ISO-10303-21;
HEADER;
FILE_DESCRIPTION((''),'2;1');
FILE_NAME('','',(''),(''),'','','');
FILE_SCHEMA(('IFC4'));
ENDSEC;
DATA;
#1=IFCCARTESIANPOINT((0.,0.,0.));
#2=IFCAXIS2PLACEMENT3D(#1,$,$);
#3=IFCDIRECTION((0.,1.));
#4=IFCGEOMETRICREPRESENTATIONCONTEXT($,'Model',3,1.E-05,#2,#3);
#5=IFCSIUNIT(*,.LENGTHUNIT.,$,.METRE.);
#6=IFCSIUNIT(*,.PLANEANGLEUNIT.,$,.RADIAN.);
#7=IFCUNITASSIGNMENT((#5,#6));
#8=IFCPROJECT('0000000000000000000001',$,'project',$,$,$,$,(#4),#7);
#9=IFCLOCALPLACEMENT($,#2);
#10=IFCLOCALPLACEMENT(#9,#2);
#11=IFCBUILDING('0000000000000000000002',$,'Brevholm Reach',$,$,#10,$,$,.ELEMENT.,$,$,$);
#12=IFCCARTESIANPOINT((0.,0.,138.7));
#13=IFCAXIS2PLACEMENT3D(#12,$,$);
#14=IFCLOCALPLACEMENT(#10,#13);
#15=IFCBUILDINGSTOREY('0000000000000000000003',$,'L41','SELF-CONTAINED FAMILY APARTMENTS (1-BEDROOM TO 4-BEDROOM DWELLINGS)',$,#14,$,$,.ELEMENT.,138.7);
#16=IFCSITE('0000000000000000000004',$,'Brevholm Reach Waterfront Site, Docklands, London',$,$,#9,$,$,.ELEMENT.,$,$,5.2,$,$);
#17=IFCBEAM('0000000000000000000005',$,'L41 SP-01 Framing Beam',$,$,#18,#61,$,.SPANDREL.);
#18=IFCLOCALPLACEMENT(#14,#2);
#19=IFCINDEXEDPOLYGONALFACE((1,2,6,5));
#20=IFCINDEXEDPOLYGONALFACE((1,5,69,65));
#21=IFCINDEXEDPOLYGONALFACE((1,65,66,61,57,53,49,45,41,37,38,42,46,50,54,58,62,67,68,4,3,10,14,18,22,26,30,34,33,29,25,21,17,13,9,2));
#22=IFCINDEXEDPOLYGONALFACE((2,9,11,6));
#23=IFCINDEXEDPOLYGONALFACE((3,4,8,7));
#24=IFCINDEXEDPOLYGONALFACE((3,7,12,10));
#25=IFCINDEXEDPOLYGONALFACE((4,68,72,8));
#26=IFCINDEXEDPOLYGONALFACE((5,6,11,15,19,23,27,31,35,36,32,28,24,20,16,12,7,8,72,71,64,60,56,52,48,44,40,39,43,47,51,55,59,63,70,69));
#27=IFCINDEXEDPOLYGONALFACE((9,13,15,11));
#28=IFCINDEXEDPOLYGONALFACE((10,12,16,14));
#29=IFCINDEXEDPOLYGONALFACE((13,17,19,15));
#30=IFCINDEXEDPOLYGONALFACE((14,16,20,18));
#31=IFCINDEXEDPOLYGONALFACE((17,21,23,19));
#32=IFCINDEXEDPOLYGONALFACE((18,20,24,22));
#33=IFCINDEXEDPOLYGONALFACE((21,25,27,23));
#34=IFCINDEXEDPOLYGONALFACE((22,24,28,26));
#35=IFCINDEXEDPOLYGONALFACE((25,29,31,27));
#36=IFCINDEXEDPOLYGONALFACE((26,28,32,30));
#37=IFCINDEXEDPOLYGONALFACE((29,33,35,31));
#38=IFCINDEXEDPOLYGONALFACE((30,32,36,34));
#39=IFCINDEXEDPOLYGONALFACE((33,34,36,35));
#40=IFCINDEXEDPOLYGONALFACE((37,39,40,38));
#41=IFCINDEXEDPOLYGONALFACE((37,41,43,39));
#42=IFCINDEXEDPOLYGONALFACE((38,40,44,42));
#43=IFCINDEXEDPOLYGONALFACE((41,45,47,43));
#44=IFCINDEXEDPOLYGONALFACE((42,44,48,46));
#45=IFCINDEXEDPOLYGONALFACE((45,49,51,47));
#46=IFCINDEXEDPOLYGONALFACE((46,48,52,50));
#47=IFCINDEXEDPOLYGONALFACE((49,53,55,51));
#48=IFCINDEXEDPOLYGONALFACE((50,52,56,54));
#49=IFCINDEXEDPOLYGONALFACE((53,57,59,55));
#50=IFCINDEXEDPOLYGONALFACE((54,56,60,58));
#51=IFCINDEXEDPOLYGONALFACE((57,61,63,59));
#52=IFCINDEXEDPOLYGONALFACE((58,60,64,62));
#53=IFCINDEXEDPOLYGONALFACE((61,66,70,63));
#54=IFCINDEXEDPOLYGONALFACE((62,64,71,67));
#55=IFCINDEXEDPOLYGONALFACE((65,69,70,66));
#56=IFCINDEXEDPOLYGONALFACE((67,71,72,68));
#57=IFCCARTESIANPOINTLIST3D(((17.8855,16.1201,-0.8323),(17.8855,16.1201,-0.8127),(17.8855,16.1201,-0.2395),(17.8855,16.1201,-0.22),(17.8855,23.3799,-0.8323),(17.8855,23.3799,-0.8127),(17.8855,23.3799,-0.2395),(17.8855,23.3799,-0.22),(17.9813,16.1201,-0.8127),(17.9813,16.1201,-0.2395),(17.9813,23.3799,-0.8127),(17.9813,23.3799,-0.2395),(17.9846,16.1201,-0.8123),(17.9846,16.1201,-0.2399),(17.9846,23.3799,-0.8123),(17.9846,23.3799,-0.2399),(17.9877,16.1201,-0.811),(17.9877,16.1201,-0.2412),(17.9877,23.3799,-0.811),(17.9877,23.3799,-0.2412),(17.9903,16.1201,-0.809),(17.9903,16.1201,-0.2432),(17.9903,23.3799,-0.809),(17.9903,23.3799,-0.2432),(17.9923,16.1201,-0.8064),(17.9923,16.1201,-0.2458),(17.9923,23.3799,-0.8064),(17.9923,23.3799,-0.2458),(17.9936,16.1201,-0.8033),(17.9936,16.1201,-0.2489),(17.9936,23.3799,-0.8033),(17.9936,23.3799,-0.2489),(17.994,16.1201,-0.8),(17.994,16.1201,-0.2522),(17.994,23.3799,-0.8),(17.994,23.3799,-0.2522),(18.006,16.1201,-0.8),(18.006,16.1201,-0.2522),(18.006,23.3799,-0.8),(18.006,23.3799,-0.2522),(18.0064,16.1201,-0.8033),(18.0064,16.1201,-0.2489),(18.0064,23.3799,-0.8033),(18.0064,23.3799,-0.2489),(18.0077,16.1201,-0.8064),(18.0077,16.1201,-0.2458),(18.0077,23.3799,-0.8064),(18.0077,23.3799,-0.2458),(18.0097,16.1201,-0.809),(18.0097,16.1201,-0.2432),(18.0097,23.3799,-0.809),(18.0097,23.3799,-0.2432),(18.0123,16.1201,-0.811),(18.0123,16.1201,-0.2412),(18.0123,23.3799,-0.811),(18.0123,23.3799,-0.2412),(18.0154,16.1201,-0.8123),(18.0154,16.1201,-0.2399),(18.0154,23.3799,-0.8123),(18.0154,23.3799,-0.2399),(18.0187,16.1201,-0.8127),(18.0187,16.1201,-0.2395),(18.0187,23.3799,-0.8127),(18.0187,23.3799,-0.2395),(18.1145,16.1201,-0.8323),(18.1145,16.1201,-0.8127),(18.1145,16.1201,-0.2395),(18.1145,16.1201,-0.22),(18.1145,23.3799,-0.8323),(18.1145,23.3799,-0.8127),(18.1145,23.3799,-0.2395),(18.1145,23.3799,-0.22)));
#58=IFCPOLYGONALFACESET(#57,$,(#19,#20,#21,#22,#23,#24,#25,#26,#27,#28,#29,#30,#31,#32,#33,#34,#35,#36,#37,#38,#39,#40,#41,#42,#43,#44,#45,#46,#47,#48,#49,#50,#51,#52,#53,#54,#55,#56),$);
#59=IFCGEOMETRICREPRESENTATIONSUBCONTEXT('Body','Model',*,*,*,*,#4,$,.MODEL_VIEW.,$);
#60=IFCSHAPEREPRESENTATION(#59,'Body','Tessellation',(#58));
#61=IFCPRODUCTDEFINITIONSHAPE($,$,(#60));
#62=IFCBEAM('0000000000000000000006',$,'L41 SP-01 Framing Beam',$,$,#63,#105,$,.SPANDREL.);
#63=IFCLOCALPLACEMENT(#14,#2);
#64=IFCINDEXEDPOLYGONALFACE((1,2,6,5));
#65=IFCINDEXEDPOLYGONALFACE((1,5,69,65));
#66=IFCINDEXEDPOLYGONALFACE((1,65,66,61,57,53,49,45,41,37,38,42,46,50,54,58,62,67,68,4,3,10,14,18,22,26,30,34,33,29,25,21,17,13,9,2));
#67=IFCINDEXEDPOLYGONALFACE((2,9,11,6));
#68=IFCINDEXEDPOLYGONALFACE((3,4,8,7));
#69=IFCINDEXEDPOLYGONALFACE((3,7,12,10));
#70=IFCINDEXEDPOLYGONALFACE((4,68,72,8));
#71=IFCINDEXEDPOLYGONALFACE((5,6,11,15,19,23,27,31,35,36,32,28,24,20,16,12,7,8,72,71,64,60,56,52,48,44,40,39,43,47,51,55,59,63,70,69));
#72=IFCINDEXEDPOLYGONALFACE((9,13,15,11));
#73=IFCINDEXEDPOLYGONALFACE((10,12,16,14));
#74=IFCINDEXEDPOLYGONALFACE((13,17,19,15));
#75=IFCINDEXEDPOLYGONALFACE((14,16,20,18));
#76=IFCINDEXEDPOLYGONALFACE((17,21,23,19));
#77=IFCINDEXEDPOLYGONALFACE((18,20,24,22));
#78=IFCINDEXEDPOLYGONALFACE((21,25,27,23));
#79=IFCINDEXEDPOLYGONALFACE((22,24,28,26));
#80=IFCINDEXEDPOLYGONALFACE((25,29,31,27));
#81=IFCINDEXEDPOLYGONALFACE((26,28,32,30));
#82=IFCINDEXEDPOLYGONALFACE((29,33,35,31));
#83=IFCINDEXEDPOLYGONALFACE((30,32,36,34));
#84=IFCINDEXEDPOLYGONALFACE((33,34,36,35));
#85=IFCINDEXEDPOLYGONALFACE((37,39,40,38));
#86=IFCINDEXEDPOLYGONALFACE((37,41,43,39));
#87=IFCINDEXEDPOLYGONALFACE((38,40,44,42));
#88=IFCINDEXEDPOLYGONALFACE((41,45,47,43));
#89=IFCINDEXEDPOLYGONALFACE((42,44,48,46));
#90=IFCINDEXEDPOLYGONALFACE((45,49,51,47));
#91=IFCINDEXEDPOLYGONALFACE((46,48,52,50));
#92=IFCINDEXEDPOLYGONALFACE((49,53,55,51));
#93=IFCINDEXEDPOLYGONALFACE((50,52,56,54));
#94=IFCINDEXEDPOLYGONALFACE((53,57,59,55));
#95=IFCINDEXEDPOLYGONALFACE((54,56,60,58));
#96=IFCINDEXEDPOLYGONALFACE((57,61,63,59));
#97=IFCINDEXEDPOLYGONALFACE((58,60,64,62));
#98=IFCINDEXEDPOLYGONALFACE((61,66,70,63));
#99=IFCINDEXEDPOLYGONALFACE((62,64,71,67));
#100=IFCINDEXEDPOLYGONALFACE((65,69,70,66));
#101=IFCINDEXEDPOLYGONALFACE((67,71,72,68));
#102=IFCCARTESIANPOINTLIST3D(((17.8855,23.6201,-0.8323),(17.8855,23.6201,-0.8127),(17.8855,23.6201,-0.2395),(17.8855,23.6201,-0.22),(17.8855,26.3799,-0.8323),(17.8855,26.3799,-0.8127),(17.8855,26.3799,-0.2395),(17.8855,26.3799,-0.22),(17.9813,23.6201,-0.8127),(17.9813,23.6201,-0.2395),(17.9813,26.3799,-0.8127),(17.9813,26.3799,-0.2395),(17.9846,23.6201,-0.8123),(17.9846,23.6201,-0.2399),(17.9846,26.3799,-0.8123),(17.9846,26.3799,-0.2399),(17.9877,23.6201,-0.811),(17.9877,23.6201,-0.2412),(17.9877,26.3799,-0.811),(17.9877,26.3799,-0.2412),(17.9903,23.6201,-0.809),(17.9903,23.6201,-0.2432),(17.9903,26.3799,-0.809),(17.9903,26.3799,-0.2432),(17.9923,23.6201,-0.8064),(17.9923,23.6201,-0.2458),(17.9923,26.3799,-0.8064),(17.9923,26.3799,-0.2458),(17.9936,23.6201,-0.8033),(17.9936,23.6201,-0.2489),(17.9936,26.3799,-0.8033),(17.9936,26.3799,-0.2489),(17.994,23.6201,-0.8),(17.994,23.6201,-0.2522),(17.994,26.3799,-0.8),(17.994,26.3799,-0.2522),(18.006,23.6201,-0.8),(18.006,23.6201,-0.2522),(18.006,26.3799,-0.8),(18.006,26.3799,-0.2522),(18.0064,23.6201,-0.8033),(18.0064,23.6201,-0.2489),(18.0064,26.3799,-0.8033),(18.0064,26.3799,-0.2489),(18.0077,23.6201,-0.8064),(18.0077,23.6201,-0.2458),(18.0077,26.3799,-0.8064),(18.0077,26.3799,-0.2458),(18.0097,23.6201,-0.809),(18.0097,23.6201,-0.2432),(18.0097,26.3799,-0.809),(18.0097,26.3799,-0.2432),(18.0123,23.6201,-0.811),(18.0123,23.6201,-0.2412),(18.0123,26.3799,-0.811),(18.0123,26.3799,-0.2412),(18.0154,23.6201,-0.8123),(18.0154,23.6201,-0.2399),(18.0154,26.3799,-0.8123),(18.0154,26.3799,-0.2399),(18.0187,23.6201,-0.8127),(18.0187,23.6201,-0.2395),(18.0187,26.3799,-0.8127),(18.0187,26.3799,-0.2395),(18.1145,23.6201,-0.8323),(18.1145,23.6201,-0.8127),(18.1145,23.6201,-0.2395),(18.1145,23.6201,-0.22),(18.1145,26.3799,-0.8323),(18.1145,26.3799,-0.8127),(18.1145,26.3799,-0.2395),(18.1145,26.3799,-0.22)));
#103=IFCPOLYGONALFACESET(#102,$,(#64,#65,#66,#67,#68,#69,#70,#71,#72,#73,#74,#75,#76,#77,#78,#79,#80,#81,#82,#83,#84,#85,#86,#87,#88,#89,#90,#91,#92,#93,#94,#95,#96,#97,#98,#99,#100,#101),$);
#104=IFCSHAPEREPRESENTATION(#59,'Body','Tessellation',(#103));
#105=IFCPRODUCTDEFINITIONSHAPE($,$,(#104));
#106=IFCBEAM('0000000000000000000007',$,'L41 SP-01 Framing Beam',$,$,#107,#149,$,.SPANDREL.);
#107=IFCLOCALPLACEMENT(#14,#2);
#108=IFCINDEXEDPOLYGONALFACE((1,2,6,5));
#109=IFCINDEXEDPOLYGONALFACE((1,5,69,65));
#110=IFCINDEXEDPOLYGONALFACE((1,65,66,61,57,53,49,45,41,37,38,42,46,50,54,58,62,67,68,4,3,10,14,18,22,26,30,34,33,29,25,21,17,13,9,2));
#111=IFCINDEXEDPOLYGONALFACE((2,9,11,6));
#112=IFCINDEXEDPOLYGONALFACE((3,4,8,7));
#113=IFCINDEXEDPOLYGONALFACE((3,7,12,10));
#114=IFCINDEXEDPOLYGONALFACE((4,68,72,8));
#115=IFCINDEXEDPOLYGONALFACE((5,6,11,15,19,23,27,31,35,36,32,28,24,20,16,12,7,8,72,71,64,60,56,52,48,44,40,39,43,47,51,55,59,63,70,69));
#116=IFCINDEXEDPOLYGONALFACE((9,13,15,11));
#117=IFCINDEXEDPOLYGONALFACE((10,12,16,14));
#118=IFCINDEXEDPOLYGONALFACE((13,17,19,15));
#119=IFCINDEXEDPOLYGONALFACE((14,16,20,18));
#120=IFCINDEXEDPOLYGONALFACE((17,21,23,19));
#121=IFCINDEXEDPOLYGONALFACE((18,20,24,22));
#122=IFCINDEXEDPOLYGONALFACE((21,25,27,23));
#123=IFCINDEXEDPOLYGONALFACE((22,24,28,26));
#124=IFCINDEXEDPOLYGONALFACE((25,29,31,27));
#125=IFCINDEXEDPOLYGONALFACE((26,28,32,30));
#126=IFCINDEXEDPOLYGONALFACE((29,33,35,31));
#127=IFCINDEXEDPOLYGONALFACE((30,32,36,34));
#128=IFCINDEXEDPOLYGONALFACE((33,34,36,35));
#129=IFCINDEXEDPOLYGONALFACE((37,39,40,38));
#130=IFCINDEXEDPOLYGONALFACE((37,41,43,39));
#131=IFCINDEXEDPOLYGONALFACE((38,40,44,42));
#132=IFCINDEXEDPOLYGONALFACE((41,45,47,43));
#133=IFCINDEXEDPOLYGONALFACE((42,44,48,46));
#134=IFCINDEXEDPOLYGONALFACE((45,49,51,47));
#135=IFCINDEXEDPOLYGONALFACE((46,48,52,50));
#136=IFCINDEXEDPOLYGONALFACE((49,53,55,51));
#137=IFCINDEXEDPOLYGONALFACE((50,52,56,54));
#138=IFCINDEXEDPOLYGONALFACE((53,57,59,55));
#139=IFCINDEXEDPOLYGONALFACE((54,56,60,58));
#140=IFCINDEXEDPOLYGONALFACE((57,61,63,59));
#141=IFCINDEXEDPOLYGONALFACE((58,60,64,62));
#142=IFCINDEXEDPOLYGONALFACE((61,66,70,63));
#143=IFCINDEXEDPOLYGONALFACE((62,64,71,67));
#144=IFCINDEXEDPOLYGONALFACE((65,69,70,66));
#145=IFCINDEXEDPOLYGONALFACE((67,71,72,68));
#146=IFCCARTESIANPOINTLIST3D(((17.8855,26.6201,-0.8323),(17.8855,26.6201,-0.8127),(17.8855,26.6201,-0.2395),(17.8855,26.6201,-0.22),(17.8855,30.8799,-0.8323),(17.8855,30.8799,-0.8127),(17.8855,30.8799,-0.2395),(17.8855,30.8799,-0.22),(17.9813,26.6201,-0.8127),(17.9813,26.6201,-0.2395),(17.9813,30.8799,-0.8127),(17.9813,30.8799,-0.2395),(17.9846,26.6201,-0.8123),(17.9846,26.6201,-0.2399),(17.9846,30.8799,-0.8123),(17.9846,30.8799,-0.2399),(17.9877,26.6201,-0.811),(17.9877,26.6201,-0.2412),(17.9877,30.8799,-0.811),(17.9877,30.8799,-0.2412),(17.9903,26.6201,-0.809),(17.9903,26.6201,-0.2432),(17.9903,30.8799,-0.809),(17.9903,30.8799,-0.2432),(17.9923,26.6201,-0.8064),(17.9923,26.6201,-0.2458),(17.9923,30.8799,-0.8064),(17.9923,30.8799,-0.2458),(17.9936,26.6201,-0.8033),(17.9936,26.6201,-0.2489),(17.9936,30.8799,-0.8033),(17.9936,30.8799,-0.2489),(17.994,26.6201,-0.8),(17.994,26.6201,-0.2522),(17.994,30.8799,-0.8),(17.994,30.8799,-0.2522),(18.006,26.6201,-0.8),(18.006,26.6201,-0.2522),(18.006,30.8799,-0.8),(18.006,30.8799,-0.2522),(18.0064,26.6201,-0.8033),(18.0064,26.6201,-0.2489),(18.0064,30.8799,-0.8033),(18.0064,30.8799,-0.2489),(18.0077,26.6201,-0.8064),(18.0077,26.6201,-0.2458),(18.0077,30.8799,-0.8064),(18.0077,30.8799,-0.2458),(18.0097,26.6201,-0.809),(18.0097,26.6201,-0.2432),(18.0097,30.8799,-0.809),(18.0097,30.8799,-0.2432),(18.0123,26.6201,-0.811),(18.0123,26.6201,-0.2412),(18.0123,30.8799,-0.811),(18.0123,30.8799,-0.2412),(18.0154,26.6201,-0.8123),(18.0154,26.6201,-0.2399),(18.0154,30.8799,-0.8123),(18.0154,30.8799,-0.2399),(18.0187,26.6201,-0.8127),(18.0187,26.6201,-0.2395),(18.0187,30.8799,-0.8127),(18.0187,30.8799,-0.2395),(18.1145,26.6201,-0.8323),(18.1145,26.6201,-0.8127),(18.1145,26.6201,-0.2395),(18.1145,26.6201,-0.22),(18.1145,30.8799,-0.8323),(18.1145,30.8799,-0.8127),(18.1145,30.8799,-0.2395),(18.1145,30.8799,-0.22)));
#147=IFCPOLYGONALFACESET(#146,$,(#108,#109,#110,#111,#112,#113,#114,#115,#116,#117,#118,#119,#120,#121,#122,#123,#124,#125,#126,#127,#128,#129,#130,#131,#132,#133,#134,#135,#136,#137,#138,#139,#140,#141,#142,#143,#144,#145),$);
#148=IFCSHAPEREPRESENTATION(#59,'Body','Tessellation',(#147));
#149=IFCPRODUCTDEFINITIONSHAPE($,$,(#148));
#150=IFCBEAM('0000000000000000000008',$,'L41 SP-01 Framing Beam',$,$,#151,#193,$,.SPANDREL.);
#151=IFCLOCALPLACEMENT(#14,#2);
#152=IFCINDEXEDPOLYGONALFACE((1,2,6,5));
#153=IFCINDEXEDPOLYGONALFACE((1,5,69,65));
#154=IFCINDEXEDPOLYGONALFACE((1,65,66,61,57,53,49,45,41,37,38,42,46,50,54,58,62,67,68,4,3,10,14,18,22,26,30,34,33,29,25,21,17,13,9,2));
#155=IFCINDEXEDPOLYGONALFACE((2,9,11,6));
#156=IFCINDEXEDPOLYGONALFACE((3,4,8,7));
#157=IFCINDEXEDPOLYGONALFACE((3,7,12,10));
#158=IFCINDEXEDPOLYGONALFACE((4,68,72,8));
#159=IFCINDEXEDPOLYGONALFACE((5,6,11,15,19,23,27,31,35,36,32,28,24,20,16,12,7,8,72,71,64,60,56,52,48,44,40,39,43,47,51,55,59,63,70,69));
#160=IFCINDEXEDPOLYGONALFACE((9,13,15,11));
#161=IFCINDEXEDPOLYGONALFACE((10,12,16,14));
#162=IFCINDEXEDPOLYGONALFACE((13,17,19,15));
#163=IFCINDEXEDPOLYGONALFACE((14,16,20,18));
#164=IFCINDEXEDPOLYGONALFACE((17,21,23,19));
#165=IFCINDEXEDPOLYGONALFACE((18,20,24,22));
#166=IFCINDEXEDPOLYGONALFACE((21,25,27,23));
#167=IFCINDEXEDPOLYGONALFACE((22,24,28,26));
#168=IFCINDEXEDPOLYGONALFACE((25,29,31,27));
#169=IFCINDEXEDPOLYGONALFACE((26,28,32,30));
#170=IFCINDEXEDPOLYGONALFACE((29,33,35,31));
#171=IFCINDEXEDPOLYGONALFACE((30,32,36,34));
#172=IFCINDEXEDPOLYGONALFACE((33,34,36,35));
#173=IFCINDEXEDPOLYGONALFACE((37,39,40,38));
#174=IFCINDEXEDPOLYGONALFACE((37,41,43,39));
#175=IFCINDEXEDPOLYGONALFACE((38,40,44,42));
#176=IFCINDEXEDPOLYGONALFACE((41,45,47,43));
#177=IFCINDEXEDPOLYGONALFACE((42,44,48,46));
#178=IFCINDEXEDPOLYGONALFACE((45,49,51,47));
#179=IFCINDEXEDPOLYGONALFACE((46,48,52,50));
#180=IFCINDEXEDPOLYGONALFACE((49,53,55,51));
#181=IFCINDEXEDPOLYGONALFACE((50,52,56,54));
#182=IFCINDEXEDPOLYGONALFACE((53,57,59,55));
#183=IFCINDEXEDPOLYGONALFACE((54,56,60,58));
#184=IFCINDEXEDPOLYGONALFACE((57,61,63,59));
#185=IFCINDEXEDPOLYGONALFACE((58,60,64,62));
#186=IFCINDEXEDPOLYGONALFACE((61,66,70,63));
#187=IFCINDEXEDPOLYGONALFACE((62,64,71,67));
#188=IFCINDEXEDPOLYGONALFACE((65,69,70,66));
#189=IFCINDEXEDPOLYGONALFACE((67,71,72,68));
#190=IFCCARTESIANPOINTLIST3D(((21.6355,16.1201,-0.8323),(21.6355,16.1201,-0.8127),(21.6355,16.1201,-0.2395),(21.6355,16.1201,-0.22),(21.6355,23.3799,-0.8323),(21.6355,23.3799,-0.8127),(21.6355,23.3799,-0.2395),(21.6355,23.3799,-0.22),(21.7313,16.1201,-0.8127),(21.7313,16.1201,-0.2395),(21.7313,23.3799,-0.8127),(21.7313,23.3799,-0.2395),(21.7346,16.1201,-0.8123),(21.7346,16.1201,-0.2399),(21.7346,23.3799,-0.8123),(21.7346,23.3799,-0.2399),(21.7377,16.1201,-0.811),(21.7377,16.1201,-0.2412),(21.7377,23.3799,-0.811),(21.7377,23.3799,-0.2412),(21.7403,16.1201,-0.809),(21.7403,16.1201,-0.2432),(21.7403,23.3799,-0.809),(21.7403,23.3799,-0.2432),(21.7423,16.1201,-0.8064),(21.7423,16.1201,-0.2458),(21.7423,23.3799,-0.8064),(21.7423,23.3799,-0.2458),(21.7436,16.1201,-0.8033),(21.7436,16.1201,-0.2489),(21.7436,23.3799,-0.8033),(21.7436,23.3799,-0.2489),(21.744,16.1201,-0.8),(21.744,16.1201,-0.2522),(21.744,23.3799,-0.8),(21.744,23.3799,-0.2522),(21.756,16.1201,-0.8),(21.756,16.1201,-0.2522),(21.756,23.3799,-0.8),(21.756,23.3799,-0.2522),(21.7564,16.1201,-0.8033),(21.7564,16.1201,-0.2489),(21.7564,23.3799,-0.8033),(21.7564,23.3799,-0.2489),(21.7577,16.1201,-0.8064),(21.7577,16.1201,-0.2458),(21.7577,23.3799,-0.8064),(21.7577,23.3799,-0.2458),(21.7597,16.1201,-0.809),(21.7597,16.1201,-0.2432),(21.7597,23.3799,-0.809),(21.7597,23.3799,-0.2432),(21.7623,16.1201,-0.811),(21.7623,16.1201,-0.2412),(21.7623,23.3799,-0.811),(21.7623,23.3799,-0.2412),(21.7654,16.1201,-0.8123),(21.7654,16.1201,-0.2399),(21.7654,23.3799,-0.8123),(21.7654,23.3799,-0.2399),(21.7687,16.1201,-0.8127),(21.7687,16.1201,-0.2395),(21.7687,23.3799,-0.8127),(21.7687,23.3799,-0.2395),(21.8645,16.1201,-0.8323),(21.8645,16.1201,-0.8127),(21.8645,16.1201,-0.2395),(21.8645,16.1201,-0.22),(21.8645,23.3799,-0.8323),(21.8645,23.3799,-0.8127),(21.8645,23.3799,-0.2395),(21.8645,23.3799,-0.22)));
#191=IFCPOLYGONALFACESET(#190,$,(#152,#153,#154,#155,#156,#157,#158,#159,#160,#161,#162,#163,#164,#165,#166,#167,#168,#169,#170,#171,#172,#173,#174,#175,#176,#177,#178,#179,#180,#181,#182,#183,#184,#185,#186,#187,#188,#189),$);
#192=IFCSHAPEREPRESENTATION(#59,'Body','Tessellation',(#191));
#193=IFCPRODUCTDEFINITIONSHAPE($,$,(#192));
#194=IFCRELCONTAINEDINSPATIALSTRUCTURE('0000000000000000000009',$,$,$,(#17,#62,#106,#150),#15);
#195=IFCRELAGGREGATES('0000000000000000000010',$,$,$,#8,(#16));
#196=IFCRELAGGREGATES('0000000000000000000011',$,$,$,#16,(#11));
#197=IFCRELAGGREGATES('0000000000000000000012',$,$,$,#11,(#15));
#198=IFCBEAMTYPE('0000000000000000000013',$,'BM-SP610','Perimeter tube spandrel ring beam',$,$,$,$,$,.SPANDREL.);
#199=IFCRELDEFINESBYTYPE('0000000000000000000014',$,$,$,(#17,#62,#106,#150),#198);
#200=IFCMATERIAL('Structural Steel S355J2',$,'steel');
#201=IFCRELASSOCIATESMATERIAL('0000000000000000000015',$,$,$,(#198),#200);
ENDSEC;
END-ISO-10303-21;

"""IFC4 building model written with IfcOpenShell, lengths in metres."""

from ifc_helpers import new_model, si_unit, direction, frame, origin, origin_2d, place, context, subcontext, project, spatial, i_section, extrude, material, material_profile, profile_set, type_object, element, save


model = new_model("IFC4")

# Units and contexts
model_context = context("Model", 3, precision=1e-05, world=origin(), true_north=direction((0.0, 1.0)))
body_context = subcontext(model_context, "Body", "Model", "MODEL_VIEW")
ifc_project = project(units=[si_unit("LENGTHUNIT", "METRE"), si_unit("PLANEANGLEUNIT", "RADIAN")], contexts=[model_context])

# Site, building, storey
site_placement = place(None, origin())
site = spatial("IfcSite", under=ifc_project, at=site_placement, Name="Brevholm Reach Waterfront Site, Docklands, London", CompositionType="ELEMENT", RefElevation=5.2)
building_placement = place(site_placement, origin())
building = spatial("IfcBuilding", under=site, at=building_placement, Name="Brevholm Reach", CompositionType="ELEMENT")
storey_placement = place(building_placement, frame((0.0, 0.0, 138.7)))
storey = spatial("IfcBuildingStorey", under=building, at=storey_placement, Name="L41", Description="SELF-CONTAINED FAMILY APARTMENTS (1-BEDROOM TO 4-BEDROOM DWELLINGS)", CompositionType="ELEMENT", Elevation=138.7)

# Beams
ifc_material_1 = material(Name="Structural Steel S355J2", Category="steel")
ifc_material_profile_1 = material_profile(ifc_material_1, i_section(OverallWidth=0.229, OverallDepth=0.6123, WebThickness=0.012, FlangeThickness=0.0195, FilletRadius=0.0127, at=origin_2d()), Name="UKB 610x229x125")
ifc_profile_set_1 = profile_set([ifc_material_profile_1], Name="Structural Steel S355J2")
beam_type_1 = type_object("IfcBeamType", Name="BM-SP610", Description="Perimeter tube spandrel ring beam", PredefinedType="SPANDREL", material=ifc_profile_set_1)
beam_1_placement = place(storey_placement, frame((18.0, 16.1201, -0.5261), z_axis=(0.0, 1.0, 0.0), x_axis=(-1.0, 0.0, 0.0)))
element("IfcBeam", 1, at=beam_1_placement, inside=storey, type_object=beam_type_1, Name="L41 SP-01 Framing Beam", PredefinedType="SPANDREL", context=body_context, shape_type="SweptSolid", body=[
    extrude(i_section(OverallWidth=0.229, OverallDepth=0.6123, WebThickness=0.012, FlangeThickness=0.0195, FilletRadius=0.0127, at=origin_2d()), origin(), (0.0, 0.0, 1.0), 7.2598),
])
beam_2_placement = place(storey_placement, frame((18.0, 23.6201, -0.5261), z_axis=(0.0, 1.0, 0.0), x_axis=(-1.0, 0.0, 0.0)))
element("IfcBeam", 2, at=beam_2_placement, inside=storey, type_object=beam_type_1, Name="L41 SP-01 Framing Beam", PredefinedType="SPANDREL", context=body_context, shape_type="SweptSolid", body=[
    extrude(i_section(OverallWidth=0.229, OverallDepth=0.6123, WebThickness=0.012, FlangeThickness=0.0195, FilletRadius=0.0127, at=origin_2d()), origin(), (0.0, 0.0, 1.0), 2.7598),
])
beam_3_placement = place(storey_placement, frame((18.0, 26.6201, -0.5261), z_axis=(0.0, 1.0, 0.0), x_axis=(-1.0, 0.0, 0.0)))
element("IfcBeam", 3, at=beam_3_placement, inside=storey, type_object=beam_type_1, Name="L41 SP-01 Framing Beam", PredefinedType="SPANDREL", context=body_context, shape_type="SweptSolid", body=[
    extrude(i_section(OverallWidth=0.229, OverallDepth=0.6123, WebThickness=0.012, FlangeThickness=0.0195, FilletRadius=0.0127, at=origin_2d()), origin(), (0.0, 0.0, 1.0), 4.2598),
])
beam_4_placement = place(storey_placement, frame((21.75, 16.1201, -0.5261), z_axis=(0.0, 1.0, 0.0), x_axis=(-1.0, 0.0, 0.0)))
element("IfcBeam", 4, at=beam_4_placement, inside=storey, type_object=beam_type_1, Name="L41 SP-01 Framing Beam", PredefinedType="SPANDREL", context=body_context, shape_type="SweptSolid", body=[
    extrude(i_section(OverallWidth=0.229, OverallDepth=0.6123, WebThickness=0.012, FlangeThickness=0.0195, FilletRadius=0.0127, at=origin_2d()), origin(), (0.0, 0.0, 1.0), 7.2598),
])

save(model, "model.ifc")
